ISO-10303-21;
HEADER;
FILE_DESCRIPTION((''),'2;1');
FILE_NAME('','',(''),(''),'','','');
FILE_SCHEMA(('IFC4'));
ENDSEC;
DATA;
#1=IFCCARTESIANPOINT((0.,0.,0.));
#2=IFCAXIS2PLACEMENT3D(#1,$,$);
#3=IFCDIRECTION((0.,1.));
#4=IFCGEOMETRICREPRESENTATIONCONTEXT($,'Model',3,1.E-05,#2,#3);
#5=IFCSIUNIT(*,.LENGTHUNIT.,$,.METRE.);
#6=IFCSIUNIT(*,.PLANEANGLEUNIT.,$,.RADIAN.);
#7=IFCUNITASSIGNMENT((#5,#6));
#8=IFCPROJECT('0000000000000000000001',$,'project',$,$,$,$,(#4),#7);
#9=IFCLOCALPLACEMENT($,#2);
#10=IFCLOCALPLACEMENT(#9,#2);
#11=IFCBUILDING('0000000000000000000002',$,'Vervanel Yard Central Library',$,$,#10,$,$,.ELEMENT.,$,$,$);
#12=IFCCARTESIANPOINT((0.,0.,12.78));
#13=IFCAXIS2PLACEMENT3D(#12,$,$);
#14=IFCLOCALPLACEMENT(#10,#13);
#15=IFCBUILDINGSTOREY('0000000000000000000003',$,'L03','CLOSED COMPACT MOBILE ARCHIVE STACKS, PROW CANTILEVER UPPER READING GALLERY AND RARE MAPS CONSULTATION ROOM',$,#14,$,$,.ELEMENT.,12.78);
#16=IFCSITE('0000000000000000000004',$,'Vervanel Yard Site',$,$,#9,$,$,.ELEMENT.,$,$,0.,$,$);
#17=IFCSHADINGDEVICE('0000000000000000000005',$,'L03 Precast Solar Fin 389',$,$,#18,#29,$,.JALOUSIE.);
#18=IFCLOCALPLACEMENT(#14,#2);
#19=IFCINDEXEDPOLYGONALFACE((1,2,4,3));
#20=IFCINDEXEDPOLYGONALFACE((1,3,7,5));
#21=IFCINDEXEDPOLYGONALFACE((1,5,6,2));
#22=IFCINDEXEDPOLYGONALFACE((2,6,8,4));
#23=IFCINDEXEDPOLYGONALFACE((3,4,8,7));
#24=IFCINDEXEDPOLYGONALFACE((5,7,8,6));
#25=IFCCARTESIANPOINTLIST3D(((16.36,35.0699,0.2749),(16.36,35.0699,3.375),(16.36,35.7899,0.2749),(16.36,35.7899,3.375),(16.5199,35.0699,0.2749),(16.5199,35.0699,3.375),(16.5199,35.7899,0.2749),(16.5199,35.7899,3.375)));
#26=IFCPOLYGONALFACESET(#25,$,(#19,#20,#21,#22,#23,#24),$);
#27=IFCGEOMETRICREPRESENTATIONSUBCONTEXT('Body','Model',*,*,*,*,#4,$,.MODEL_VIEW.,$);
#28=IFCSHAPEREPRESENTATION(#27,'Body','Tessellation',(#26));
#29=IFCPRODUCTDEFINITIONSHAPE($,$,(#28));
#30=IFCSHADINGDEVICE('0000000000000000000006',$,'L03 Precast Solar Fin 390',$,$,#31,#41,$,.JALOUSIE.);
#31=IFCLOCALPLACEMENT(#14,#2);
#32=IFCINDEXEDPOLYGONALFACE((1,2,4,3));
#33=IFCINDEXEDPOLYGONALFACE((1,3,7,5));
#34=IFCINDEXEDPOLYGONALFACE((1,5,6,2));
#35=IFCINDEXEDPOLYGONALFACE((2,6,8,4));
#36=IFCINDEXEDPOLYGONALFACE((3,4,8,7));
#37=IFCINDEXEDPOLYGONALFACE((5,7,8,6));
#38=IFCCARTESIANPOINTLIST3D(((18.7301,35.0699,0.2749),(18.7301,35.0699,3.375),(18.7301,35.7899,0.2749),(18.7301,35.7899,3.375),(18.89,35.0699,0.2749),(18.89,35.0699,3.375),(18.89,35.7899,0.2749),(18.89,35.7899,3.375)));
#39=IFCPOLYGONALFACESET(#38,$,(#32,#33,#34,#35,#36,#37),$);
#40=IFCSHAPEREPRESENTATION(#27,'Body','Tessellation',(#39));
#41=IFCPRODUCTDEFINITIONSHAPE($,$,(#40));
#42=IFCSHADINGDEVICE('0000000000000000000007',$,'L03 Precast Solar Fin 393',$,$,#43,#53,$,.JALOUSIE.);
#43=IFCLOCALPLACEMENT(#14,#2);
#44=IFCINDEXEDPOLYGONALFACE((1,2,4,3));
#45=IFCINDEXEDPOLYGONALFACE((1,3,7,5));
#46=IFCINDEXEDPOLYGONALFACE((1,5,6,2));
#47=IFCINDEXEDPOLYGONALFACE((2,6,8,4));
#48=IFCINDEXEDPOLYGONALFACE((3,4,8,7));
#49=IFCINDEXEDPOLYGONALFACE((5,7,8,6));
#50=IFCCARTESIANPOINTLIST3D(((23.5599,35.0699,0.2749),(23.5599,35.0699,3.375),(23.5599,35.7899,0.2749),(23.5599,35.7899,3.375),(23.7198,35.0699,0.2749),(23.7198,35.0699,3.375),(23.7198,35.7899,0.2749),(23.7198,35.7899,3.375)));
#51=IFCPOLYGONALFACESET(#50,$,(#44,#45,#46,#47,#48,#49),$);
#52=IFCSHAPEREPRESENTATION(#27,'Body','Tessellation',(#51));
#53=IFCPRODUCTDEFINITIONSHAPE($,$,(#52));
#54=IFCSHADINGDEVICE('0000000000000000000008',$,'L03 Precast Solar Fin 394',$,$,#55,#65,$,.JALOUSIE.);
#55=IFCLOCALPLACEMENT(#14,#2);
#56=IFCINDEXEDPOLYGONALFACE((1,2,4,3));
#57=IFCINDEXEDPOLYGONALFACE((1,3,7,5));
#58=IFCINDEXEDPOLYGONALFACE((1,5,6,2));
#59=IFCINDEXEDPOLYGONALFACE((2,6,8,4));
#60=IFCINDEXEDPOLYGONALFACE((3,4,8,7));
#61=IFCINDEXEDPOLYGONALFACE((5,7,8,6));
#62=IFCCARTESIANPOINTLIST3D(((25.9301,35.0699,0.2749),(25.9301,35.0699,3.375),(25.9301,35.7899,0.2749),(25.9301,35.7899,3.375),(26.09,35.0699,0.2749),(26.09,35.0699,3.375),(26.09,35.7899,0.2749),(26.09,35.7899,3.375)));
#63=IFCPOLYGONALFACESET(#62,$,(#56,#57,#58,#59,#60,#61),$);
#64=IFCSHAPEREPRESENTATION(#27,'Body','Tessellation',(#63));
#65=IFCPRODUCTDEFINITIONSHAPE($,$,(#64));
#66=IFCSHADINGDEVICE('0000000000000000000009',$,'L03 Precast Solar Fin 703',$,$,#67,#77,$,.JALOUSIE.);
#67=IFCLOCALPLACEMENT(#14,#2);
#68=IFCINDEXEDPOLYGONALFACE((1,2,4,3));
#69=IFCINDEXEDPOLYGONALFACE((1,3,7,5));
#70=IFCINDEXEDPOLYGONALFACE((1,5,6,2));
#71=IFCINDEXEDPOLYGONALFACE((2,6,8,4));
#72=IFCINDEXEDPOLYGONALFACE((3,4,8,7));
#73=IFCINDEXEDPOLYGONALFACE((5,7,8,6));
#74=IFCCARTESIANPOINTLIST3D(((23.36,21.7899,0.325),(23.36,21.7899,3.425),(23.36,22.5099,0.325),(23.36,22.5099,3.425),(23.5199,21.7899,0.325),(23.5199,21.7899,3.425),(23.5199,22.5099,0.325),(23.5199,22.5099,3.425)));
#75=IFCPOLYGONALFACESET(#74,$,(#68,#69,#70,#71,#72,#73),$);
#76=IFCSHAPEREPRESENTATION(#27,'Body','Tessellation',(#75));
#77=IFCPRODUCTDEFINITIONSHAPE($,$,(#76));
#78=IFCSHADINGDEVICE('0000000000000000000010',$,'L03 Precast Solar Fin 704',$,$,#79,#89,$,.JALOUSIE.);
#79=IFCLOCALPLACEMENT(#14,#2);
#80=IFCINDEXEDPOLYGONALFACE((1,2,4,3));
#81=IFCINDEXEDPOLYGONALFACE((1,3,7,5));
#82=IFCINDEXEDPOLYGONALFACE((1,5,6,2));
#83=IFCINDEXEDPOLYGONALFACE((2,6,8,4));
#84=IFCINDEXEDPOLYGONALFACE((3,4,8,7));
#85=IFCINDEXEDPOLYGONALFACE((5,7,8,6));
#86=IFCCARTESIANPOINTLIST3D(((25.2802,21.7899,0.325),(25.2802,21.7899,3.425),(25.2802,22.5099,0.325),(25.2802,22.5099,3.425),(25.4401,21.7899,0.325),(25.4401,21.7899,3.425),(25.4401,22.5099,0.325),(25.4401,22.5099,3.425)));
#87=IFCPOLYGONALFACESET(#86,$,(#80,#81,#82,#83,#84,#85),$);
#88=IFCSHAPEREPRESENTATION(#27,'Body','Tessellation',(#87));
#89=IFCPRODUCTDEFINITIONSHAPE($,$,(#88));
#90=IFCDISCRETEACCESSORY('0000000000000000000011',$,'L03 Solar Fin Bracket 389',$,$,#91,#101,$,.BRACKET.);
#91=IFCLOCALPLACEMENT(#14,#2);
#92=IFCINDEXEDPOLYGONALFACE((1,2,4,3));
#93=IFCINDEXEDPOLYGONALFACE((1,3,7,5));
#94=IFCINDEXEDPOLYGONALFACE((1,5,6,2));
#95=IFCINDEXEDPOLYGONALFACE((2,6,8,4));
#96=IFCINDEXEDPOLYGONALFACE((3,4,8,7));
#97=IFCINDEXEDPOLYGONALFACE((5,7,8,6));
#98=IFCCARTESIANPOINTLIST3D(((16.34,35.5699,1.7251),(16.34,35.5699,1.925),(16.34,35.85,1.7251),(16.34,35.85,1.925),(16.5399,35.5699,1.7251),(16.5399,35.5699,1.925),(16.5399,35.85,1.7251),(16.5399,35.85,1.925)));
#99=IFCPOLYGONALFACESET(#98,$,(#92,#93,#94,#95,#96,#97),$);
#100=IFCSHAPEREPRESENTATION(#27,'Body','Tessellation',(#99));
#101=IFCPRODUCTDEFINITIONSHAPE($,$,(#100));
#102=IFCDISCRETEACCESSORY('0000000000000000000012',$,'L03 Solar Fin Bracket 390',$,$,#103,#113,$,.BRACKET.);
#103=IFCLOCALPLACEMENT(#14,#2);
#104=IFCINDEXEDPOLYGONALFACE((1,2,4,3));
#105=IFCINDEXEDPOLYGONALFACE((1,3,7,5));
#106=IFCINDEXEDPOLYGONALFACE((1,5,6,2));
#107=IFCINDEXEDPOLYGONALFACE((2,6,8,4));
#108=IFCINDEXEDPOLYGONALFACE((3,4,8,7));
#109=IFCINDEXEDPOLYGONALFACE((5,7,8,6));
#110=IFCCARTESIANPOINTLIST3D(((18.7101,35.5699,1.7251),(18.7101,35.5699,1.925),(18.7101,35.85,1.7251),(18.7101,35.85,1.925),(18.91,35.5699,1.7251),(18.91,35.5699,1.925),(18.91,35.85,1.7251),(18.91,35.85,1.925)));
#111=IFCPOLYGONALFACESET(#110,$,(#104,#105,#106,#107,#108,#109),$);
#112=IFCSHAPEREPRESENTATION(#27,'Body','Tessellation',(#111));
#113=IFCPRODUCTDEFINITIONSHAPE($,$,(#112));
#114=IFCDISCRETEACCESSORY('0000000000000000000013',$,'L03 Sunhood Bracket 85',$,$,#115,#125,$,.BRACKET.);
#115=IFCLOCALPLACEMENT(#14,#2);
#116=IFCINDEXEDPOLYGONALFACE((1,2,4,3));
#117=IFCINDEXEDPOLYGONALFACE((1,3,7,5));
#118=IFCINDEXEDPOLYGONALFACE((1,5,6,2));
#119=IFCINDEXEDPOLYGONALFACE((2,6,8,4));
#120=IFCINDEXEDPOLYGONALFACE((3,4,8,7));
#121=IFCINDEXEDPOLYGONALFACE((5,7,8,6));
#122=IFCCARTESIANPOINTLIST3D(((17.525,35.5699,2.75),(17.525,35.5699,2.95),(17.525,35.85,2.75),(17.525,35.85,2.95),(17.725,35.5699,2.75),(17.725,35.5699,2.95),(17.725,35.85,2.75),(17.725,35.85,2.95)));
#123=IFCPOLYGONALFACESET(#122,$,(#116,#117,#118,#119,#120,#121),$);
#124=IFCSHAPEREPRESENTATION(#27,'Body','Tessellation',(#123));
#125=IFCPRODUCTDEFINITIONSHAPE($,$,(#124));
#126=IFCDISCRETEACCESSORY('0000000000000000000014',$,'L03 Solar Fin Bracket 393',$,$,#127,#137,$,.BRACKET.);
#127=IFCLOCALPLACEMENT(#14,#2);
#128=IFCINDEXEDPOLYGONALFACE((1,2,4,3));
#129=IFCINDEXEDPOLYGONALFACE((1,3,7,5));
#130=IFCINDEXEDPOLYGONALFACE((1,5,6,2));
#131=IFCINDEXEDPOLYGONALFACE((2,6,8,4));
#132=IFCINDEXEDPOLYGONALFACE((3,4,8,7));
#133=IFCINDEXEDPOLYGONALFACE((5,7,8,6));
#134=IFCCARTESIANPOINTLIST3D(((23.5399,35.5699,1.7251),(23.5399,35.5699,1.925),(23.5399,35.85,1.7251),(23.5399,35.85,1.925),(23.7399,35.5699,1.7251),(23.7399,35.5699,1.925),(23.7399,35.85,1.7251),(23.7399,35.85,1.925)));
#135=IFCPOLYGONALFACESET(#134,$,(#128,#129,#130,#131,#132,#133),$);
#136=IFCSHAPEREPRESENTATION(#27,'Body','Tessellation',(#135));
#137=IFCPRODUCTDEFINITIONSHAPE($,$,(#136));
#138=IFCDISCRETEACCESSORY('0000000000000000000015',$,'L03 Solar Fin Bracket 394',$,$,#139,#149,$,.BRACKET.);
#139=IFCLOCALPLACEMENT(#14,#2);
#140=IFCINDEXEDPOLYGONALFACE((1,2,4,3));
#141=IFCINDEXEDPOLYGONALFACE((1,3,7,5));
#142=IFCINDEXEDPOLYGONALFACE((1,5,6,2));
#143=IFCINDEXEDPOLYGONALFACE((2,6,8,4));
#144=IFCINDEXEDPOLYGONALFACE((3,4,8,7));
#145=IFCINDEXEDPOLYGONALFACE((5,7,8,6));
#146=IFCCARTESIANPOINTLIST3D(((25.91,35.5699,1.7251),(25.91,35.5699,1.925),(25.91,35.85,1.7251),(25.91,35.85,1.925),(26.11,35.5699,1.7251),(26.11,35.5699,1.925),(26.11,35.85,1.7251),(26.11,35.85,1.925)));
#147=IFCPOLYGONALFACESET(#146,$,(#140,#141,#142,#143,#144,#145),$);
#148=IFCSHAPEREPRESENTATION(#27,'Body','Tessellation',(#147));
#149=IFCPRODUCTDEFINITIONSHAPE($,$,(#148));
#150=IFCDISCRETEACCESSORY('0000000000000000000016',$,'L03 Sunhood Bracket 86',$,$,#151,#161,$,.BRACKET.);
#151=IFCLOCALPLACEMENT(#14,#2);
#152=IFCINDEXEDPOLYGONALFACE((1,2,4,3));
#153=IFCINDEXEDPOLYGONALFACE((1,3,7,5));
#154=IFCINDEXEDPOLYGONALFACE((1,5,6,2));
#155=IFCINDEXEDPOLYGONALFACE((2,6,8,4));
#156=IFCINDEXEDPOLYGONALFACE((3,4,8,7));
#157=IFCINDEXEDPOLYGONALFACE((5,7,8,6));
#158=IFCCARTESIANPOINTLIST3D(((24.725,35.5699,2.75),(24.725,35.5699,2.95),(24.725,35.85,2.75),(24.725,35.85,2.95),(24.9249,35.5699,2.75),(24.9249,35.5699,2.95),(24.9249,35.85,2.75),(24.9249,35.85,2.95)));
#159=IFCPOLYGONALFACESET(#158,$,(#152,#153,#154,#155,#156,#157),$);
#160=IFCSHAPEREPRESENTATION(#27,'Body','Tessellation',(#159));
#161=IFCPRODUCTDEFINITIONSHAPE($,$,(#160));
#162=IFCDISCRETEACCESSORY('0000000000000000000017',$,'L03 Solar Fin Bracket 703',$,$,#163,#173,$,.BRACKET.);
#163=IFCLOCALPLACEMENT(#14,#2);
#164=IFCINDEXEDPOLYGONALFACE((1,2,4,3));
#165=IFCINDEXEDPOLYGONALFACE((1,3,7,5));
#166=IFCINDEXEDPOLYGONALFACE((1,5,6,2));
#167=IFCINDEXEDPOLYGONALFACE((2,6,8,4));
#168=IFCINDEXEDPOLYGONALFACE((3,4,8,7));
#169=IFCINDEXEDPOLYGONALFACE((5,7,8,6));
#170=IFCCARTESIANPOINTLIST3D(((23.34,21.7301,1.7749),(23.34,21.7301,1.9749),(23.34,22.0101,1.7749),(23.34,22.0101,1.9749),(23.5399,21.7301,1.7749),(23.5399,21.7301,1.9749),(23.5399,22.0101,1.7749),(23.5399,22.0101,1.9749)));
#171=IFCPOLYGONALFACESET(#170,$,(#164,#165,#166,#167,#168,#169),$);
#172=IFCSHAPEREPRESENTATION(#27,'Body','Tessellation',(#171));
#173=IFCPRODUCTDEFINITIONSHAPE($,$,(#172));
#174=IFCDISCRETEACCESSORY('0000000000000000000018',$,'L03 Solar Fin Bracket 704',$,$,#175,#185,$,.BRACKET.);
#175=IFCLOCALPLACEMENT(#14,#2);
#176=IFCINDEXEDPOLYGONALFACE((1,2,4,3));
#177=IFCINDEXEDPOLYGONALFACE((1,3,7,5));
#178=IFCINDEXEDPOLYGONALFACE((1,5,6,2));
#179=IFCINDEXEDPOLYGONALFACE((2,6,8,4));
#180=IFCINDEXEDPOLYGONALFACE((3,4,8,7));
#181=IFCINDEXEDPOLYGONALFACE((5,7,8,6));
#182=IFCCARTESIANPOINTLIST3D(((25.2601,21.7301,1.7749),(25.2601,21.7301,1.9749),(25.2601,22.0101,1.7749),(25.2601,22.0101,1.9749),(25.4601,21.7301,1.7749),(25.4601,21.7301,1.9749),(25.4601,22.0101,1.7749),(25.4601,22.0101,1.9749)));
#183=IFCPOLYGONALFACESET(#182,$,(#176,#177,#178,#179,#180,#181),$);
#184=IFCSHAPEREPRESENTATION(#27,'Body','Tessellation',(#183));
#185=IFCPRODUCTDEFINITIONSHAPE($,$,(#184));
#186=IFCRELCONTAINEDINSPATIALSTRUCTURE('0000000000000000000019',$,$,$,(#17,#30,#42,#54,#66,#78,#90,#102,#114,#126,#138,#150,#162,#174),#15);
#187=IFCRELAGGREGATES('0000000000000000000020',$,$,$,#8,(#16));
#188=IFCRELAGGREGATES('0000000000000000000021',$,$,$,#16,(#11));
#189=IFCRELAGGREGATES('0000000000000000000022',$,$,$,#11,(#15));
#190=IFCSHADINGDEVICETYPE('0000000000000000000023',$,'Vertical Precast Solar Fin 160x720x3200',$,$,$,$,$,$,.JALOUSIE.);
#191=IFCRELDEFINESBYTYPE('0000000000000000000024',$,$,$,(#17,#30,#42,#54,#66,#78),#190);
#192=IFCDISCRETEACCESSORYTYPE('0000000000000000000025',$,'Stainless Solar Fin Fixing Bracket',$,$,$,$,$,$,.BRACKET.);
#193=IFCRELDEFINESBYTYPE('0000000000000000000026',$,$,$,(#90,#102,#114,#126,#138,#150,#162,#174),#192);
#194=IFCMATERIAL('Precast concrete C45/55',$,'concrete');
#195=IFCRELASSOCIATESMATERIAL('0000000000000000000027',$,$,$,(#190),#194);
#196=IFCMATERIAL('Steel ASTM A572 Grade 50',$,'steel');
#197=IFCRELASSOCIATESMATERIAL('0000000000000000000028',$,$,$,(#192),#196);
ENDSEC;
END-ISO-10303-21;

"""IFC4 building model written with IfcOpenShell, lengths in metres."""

from ifc_helpers import new_model, si_unit, direction, frame, origin, origin_2d, place, context, subcontext, project, spatial, rectangle, extrude, material, type_object, element, save


model = new_model("IFC4")

# Units and contexts
model_context = context("Model", 3, precision=1e-05, world=origin(), true_north=direction((0.0, 1.0)))
body_context = subcontext(model_context, "Body", "Model", "MODEL_VIEW")
ifc_project = project(units=[si_unit("LENGTHUNIT", "METRE"), si_unit("PLANEANGLEUNIT", "RADIAN")], contexts=[model_context])

# Site, building, storey
site_placement = place(None, origin())
site = spatial("IfcSite", under=ifc_project, at=site_placement, Name="Vervanel Yard Site", CompositionType="ELEMENT", RefElevation=0.0)
building_placement = place(site_placement, origin())
building = spatial("IfcBuilding", under=site, at=building_placement, Name="Vervanel Yard Central Library", CompositionType="ELEMENT")
storey_placement = place(building_placement, frame((0.0, 0.0, 12.78)))
storey = spatial("IfcBuildingStorey", under=building, at=storey_placement, Name="L03", Description="CLOSED COMPACT MOBILE ARCHIVE STACKS, PROW CANTILEVER UPPER READING GALLERY AND RARE MAPS CONSULTATION ROOM", CompositionType="ELEMENT", Elevation=12.78)

# Shared definitions
ifc_material_1 = material(Name="Precast concrete C45/55", Category="concrete")

# Shading devices
shading_device_type_1 = type_object("IfcShadingDeviceType", Name="Vertical Precast Solar Fin 160x720x3200", PredefinedType="JALOUSIE", material=ifc_material_1)
for number, where, z_axis, x_axis, name in (
    (1, (16.4399, 35.4299, 0.2749), (0.0, 0.0, 1.0), (1.0, 0.0, 0.0), "L03 Precast Solar Fin 389"),
    (2, (18.8101, 35.4299, 0.2749), (0.0, 0.0, 1.0), (1.0, 0.0, 0.0), "L03 Precast Solar Fin 390"),
    (3, (23.6399, 35.4299, 0.2749), (0.0, 0.0, 1.0), (1.0, 0.0, 0.0), "L03 Precast Solar Fin 393"),
    (4, (26.01, 35.4299, 0.2749), (0.0, 0.0, 1.0), (1.0, 0.0, 0.0), "L03 Precast Solar Fin 394"),
    (5, (23.4399, 22.1499, 0.325), (0.0, 0.0, 1.0), (1.0, 0.0, 0.0), "L03 Precast Solar Fin 703"),
    (6, (25.3601, 22.1499, 0.325), (0.0, 0.0, 1.0), (1.0, 0.0, 0.0), "L03 Precast Solar Fin 704"),
):
    element("IfcShadingDevice", number, at=place(storey_placement, frame(where, z_axis=z_axis, x_axis=x_axis)), inside=storey, type_object=shading_device_type_1, Name=name, PredefinedType="JALOUSIE", context=body_context, shape_type="SweptSolid", body=[
        extrude(rectangle(XDim=0.1599, YDim=0.72, at=origin_2d()), origin(), (0.0, 0.0, 1.0), 3.1001),
    ])

# Discrete accessories
ifc_material_2 = material(Name="Steel ASTM A572 Grade 50", Category="steel")
discrete_accessory_type = type_object("IfcDiscreteAccessoryType", Name="Stainless Solar Fin Fixing Bracket", PredefinedType="BRACKET", material=ifc_material_2)
for number, where, z_axis, x_axis, name in (
    (7, (16.4399, 35.71, 1.7251), (0.0, 0.0, 1.0), (1.0, 0.0, 0.0), "L03 Solar Fin Bracket 389"),
    (8, (18.8101, 35.71, 1.7251), (0.0, 0.0, 1.0), (1.0, 0.0, 0.0), "L03 Solar Fin Bracket 390"),
    (9, (17.625, 35.71, 2.75), (0.0, 0.0, 1.0), (1.0, 0.0, 0.0), "L03 Sunhood Bracket 85"),
    (10, (23.6399, 35.71, 1.7251), (0.0, 0.0, 1.0), (1.0, 0.0, 0.0), "L03 Solar Fin Bracket 393"),
    (11, (26.01, 35.71, 1.7251), (0.0, 0.0, 1.0), (1.0, 0.0, 0.0), "L03 Solar Fin Bracket 394"),
    (12, (24.825, 35.71, 2.75), (0.0, 0.0, 1.0), (1.0, 0.0, 0.0), "L03 Sunhood Bracket 86"),
    (13, (23.4399, 21.8701, 1.7749), (0.0, 0.0, 1.0), (1.0, 0.0, 0.0), "L03 Solar Fin Bracket 703"),
    (14, (25.3601, 21.8701, 1.7749), (0.0, 0.0, 1.0), (1.0, 0.0, 0.0), "L03 Solar Fin Bracket 704"),
):
    element("IfcDiscreteAccessory", number, at=place(storey_placement, frame(where, z_axis=z_axis, x_axis=x_axis)), inside=storey, type_object=discrete_accessory_type, Name=name, PredefinedType="BRACKET", context=body_context, shape_type="SweptSolid", body=[
        extrude(rectangle(XDim=0.2, YDim=0.28, at=origin_2d()), origin(), (0.0, 0.0, 1.0), 0.2),
    ])

save(model, "model.ifc")
